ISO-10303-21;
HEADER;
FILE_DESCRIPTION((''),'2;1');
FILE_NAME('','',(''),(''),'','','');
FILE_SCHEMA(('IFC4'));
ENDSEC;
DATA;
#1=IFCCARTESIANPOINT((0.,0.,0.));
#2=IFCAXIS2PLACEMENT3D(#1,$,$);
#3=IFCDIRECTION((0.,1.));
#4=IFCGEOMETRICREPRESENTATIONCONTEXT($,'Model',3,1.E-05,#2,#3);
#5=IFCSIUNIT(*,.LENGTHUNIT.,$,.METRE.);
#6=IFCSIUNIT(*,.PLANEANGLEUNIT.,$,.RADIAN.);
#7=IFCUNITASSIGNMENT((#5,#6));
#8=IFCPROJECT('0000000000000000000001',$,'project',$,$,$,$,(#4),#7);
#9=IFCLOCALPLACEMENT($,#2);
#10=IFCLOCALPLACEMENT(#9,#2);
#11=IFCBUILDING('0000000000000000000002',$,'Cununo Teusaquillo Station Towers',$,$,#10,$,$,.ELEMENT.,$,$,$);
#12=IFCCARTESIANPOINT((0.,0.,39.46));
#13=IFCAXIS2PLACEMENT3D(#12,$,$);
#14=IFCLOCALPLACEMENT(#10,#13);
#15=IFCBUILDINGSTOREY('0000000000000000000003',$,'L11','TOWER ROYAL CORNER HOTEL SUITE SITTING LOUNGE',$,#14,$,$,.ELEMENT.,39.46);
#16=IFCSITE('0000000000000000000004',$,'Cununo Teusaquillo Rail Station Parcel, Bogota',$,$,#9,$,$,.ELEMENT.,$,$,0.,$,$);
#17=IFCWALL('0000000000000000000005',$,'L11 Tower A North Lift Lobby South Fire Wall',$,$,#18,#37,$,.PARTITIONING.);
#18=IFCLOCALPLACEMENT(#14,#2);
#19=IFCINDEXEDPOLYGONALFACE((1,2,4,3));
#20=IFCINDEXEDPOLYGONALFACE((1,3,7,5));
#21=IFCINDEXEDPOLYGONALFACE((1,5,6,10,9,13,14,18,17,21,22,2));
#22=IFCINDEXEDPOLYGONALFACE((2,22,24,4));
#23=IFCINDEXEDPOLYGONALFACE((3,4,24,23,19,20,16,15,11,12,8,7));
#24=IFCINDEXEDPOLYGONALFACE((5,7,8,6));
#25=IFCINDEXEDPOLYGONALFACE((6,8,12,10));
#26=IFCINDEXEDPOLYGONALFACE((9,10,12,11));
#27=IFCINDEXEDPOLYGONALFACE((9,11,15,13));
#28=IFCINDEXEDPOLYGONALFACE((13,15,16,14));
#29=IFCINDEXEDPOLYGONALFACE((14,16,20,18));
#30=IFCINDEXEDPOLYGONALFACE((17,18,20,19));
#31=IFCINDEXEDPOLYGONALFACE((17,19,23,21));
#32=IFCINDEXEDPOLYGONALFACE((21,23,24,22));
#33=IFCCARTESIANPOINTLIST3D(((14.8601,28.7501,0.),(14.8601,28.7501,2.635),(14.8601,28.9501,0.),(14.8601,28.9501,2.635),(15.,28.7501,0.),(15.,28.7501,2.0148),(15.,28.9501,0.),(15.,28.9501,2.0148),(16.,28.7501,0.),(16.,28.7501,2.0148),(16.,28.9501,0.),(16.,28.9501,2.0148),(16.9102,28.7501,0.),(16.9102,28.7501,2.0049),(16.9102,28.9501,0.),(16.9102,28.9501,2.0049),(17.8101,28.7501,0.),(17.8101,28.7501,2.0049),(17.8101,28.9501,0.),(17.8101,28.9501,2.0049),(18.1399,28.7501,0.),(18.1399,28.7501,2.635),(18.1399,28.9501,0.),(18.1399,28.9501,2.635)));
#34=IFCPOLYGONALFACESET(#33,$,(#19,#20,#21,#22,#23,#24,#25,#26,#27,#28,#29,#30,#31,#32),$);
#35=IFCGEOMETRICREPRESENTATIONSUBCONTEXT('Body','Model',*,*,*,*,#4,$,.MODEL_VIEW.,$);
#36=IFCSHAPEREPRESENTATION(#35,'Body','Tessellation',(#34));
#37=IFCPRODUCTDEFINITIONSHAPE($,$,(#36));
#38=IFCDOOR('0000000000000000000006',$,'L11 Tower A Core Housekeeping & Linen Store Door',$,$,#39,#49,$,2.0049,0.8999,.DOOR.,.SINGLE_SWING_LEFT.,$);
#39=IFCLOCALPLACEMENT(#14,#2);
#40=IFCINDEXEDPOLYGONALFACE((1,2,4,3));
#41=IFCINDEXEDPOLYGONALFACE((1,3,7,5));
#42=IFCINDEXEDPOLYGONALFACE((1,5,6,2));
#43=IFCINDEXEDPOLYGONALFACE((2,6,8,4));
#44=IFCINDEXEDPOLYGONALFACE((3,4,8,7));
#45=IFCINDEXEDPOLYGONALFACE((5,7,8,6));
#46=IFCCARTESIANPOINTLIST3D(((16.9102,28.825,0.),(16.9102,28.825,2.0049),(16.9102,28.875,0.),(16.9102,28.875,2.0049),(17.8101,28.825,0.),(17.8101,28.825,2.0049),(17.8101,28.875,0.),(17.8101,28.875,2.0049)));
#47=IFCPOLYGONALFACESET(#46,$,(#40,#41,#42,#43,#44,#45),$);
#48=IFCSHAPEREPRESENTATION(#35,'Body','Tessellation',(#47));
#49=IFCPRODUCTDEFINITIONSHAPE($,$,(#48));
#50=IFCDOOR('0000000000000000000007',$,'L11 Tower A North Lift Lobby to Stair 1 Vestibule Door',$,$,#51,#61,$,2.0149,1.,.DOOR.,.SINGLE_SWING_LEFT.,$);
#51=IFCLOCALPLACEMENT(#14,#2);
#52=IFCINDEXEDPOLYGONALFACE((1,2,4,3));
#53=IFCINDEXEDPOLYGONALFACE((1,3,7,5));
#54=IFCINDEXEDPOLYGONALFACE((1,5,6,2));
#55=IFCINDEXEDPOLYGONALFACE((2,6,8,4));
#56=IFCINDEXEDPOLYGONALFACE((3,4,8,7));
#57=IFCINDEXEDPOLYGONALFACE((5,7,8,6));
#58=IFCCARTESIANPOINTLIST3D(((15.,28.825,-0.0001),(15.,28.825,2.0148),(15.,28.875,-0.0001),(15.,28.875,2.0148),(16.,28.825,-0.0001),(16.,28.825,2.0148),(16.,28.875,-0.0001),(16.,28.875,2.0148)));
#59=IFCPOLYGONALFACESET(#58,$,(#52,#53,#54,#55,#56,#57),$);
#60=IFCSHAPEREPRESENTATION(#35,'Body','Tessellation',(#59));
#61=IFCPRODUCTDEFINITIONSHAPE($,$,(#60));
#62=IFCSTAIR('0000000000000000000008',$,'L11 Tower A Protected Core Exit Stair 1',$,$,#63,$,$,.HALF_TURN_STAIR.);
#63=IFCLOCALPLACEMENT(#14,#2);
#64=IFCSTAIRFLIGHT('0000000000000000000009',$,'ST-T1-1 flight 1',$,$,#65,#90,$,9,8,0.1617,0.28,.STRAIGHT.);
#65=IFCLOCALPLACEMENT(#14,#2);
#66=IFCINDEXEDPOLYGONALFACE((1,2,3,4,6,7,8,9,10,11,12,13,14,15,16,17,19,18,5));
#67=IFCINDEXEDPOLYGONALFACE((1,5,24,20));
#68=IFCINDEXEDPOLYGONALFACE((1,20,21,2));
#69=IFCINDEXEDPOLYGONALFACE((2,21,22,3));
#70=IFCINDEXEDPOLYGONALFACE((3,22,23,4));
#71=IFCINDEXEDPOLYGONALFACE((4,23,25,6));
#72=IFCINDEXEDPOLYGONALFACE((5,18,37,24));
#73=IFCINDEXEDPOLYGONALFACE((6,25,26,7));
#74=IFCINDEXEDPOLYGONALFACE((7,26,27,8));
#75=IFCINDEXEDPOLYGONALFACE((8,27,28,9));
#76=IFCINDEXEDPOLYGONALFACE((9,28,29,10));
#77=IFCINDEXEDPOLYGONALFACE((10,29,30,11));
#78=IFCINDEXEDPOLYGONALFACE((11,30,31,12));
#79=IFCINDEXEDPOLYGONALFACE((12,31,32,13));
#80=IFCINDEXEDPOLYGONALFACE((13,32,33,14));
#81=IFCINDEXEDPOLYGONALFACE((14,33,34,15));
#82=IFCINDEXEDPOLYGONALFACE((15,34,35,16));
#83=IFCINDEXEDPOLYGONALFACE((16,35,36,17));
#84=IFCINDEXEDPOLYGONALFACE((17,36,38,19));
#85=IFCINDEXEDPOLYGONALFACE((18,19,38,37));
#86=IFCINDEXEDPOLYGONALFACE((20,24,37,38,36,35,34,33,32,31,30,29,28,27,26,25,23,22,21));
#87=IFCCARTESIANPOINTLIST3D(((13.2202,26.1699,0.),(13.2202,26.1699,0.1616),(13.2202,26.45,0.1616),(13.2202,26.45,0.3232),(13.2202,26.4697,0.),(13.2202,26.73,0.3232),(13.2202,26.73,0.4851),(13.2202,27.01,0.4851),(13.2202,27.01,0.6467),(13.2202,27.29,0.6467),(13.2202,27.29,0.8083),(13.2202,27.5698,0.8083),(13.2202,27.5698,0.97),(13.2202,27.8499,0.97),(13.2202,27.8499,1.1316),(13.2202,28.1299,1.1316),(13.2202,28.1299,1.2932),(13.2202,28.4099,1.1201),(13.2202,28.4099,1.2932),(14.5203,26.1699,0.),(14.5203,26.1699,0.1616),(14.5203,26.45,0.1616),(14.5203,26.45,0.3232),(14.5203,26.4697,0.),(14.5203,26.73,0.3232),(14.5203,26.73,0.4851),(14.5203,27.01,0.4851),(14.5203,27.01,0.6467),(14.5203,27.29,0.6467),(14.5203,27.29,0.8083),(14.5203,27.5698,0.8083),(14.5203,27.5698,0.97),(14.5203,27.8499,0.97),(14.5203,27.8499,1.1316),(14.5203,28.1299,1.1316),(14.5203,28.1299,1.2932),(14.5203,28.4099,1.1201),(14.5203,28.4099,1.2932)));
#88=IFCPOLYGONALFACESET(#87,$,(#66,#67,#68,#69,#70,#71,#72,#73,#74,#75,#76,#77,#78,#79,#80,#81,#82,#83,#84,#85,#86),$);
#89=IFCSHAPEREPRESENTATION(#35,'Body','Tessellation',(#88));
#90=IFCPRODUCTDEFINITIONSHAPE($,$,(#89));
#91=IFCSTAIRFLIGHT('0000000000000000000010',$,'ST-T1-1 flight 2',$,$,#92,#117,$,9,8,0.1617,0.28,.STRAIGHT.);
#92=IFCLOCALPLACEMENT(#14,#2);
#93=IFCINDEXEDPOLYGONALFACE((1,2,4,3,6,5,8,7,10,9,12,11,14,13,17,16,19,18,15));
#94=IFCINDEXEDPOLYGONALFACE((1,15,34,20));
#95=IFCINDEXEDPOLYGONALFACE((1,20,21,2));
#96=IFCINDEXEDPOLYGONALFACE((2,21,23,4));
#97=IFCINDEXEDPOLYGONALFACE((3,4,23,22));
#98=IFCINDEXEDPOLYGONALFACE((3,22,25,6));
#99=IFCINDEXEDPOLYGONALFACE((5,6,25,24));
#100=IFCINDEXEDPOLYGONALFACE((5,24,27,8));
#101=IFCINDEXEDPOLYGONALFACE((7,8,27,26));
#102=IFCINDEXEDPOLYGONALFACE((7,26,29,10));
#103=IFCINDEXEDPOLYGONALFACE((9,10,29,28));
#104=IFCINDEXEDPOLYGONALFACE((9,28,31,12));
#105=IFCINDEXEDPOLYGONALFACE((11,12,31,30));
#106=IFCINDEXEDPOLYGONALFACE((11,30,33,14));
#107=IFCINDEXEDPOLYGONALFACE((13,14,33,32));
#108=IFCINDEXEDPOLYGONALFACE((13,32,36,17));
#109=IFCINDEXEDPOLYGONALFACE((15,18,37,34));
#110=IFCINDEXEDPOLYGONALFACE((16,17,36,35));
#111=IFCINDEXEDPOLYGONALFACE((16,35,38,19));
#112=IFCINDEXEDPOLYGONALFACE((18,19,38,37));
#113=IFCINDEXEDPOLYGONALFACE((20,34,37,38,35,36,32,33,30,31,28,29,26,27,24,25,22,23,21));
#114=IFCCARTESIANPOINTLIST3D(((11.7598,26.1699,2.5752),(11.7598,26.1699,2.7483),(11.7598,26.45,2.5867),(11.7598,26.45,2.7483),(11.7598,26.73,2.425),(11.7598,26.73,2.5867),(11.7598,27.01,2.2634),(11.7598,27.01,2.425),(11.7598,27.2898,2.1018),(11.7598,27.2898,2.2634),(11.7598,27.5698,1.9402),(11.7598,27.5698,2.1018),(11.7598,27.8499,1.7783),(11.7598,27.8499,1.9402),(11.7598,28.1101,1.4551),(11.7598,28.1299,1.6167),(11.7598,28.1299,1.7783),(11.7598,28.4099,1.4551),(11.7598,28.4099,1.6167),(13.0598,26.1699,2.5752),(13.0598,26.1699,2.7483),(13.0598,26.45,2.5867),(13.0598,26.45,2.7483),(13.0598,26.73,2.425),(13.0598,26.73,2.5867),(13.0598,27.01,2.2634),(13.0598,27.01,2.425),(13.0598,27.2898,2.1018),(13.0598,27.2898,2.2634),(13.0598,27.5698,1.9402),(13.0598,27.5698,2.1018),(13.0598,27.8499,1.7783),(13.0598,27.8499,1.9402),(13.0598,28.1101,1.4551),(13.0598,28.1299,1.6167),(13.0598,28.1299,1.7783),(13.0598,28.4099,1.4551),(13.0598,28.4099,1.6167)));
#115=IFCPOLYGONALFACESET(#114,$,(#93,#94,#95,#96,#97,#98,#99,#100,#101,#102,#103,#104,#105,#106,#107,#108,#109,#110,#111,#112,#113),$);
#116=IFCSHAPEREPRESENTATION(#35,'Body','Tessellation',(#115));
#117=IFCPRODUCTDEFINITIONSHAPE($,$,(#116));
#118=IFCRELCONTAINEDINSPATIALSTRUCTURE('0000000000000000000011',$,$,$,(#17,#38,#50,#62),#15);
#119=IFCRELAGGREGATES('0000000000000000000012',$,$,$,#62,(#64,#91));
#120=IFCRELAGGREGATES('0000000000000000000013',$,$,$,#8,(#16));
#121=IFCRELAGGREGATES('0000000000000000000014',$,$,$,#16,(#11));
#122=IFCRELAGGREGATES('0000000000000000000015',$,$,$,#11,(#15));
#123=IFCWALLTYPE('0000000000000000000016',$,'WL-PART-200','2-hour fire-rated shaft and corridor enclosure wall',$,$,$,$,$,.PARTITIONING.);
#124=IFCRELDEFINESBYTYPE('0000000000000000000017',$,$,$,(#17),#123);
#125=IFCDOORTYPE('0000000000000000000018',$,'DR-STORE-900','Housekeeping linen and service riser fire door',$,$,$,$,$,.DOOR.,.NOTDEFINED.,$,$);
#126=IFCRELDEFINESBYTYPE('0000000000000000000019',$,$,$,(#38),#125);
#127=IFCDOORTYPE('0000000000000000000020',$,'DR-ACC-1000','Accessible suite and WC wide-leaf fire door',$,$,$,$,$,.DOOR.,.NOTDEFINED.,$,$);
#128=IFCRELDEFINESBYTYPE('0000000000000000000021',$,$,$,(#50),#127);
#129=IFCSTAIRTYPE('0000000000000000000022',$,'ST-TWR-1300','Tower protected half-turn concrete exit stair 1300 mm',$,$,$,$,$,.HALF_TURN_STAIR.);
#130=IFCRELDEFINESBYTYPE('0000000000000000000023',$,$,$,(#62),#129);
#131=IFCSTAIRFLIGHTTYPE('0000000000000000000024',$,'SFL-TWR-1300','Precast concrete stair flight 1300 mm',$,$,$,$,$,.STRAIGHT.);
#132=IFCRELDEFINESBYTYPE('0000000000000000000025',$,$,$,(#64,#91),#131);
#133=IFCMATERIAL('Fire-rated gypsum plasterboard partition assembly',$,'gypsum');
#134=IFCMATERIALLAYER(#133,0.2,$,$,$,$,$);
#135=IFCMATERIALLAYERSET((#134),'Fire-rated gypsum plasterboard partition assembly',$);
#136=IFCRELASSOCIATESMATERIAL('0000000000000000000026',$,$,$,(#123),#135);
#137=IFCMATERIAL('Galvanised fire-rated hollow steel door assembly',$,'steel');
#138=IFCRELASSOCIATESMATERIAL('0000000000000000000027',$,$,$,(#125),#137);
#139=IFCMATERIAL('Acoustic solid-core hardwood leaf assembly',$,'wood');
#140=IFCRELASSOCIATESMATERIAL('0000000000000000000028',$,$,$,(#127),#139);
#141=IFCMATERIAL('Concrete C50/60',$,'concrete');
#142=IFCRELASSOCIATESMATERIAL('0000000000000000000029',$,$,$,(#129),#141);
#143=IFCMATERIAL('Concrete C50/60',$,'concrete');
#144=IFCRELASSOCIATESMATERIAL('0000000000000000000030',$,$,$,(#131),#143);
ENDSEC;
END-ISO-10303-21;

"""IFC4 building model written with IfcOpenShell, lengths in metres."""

from ifc_helpers import new_model, si_unit, direction, frame, frame_2d, origin, place, context, subcontext, project, spatial, polyline, rectangle, outline, extrude, source, transform, mapped, material, layer, layer_set, type_object, element, fill, aggregate, save


model = new_model("IFC4")

# Units and contexts
model_context = context("Model", 3, precision=1e-05, world=origin(), true_north=direction((0.0, 1.0)))
body_context = subcontext(model_context, "Body", "Model", "MODEL_VIEW")
ifc_project = project(units=[si_unit("LENGTHUNIT", "METRE"), si_unit("PLANEANGLEUNIT", "RADIAN")], contexts=[model_context])

# Site, building, storey
site_placement = place(None, origin())
site = spatial("IfcSite", under=ifc_project, at=site_placement, Name="Cununo Teusaquillo Rail Station Parcel, Bogota", CompositionType="ELEMENT", RefElevation=0.0)
building_placement = place(site_placement, origin())
building = spatial("IfcBuilding", under=site, at=building_placement, Name="Cununo Teusaquillo Station Towers", CompositionType="ELEMENT")
storey_placement = place(building_placement, frame((0.0, 0.0, 39.46)))
storey = spatial("IfcBuildingStorey", under=building, at=storey_placement, Name="L11", Description="TOWER ROYAL CORNER HOTEL SUITE SITTING LOUNGE", CompositionType="ELEMENT", Elevation=39.46)

# Shared definitions
ifc_material_1 = material(Name="Fire-rated gypsum plasterboard partition assembly", Category="gypsum")
ifc_layer_1 = layer(ifc_material_1, 0.2)
ifc_layer_set_1 = layer_set([ifc_layer_1], Name="Fire-rated gypsum plasterboard partition assembly")
wall_type_1 = type_object("IfcWallType", Name="WL-PART-200", Description="2-hour fire-rated shaft and corridor enclosure wall", PredefinedType="PARTITIONING", material=ifc_layer_set_1)
shared_shape_1 = source(origin(), body_context, "Body", "SweptSolid", [
    extrude(rectangle(XDim=0.8999, YDim=2.0049, at=frame_2d((0.45, 1.0024))), frame((0.0, 0.1099, 0.0), z_axis=(0.0, -1.0, 0.0), x_axis=(1.0, 0.0, 0.0)), (0.0, 0.0, 1.0), 0.22),
])
ifc_material_2 = material(Name="Galvanised fire-rated hollow steel door assembly", Category="steel")
door_type_1 = type_object("IfcDoorType", Name="DR-STORE-900", Description="Housekeeping linen and service riser fire door", OperationType="NOTDEFINED", PredefinedType="DOOR", material=ifc_material_2)
shared_shape_2 = source(origin(), body_context, "Body", "SweptSolid", [
    extrude(rectangle(XDim=0.8999, YDim=2.0049, at=frame_2d((0.45, 1.0024))), frame((0.0, 0.0249, 0.0), z_axis=(0.0, -1.0, 0.0), x_axis=(1.0, 0.0, 0.0)), (0.0, 0.0, 1.0), 0.05),
])

# Wall, openings, doors
wall_1_placement = place(storey_placement, frame((14.8601, 28.8501, 0.0), z_axis=(0.0, 0.0, 1.0), x_axis=(1.0, 0.0, 0.0)))
wall_1 = element("IfcWall", 1, at=wall_1_placement, inside=storey, type_object=wall_type_1, Name="L11 Tower A North Lift Lobby South Fire Wall", PredefinedType="PARTITIONING", context=body_context, shape_type="SweptSolid", body=[
    extrude(rectangle(XDim=3.2798, YDim=0.2, at=frame_2d((1.6399, 0.0))), origin(), (0.0, 0.0, 1.0), 2.635),
])
shared_shape_3 = source(origin(), body_context, "Body", "SweptSolid", [
    extrude(rectangle(XDim=1.0, YDim=2.0149, at=frame_2d((0.5, 1.0073))), frame((0.0, 0.1099, 0.0), z_axis=(0.0, -1.0, 0.0), x_axis=(1.0, 0.0, 0.0)), (0.0, 0.0, 1.0), 0.22),
])
opening_1_placement = place(wall_1_placement, frame((0.1399, 0.0, 0.0)))
opening_1 = element("IfcOpeningElement", 2, at=opening_1_placement, cuts=wall_1, PredefinedType="OPENING", context=body_context, shape_type="MappedRepresentation", body=[
    mapped(shared_shape_3, transform((0.0, 0.0, 0.0), x_axis=(1.0, 0.0, 0.0), y_axis=(0.0, 1.0, 0.0), z_axis=(0.0, 0.0, 1.0), scale=1.0)),
])
opening_2_placement = place(wall_1_placement, frame((2.05, 0.0, 0.0)))
opening_2 = element("IfcOpeningElement", 3, at=opening_2_placement, cuts=wall_1, PredefinedType="OPENING", context=body_context, shape_type="MappedRepresentation", body=[
    mapped(shared_shape_1, transform((0.0, 0.0, 0.0), x_axis=(1.0, 0.0, 0.0), y_axis=(0.0, 1.0, 0.0), z_axis=(0.0, 0.0, 1.0), scale=1.0)),
])
door_1_placement = place(opening_2_placement, origin())
door_1 = element("IfcDoor", 4, at=door_1_placement, inside=storey, type_object=door_type_1, Name="L11 Tower A Core Housekeeping & Linen Store Door", OperationType="SINGLE_SWING_LEFT", OverallHeight=2.0049, OverallWidth=0.8999, PredefinedType="DOOR", context=body_context, shape_type="MappedRepresentation", body=[
    mapped(shared_shape_2, transform((0.0, 0.0, 0.0), x_axis=(1.0, 0.0, 0.0), y_axis=(0.0, 1.0, 0.0), z_axis=(0.0, 0.0, 1.0), scale=1.0)),
])
fill(opening_2, door_1)
ifc_material_3 = material(Name="Acoustic solid-core hardwood leaf assembly", Category="wood")
door_type_2 = type_object("IfcDoorType", Name="DR-ACC-1000", Description="Accessible suite and WC wide-leaf fire door", OperationType="NOTDEFINED", PredefinedType="DOOR", material=ifc_material_3)
shared_shape_4 = source(origin(), body_context, "Body", "SweptSolid", [
    extrude(rectangle(XDim=1.0, YDim=2.0149, at=frame_2d((0.5, 1.0073))), frame((0.0, 0.0249, 0.0), z_axis=(0.0, -1.0, 0.0), x_axis=(1.0, 0.0, 0.0)), (0.0, 0.0, 1.0), 0.05),
])
door_2_placement = place(opening_1_placement, origin())
door_2 = element("IfcDoor", 5, at=door_2_placement, inside=storey, type_object=door_type_2, Name="L11 Tower A North Lift Lobby to Stair 1 Vestibule Door", OperationType="SINGLE_SWING_LEFT", OverallHeight=2.0149, OverallWidth=1.0, PredefinedType="DOOR", context=body_context, shape_type="MappedRepresentation", body=[
    mapped(shared_shape_4, transform((0.0, 0.0, 0.0), x_axis=(1.0, 0.0, 0.0), y_axis=(0.0, 1.0, 0.0), z_axis=(0.0, 0.0, 1.0), scale=1.0)),
])
fill(opening_1, door_2)

# Stair, stair flights
ifc_material_4 = material(Name="Concrete C50/60", Category="concrete")
stair_type = type_object("IfcStairType", Name="ST-TWR-1300", Description="Tower protected half-turn concrete exit stair 1300 mm", PredefinedType="HALF_TURN_STAIR", material=ifc_material_4)
stair_placement = place(storey_placement, origin())
stair = element("IfcStair", 6, at=stair_placement, inside=storey, type_object=stair_type, Name="L11 Tower A Protected Core Exit Stair 1", PredefinedType="HALF_TURN_STAIR")
ifc_material_5 = material(Name="Concrete C50/60", Category="concrete")
stair_flight_type = type_object("IfcStairFlightType", Name="SFL-TWR-1300", Description="Precast concrete stair flight 1300 mm", PredefinedType="STRAIGHT", material=ifc_material_5)
stair_flight_1_placement = place(storey_placement, frame((13.8701, 26.1699, 0.0), z_axis=(0.0, 0.0, 1.0), x_axis=(0.0, 1.0, 0.0)))
stair_flight_1 = element("IfcStairFlight", 7, at=stair_flight_1_placement, type_object=stair_flight_type, Name="ST-T1-1 flight 1", NumberOfRisers=9, NumberOfTreads=8, PredefinedType="STRAIGHT", RiserHeight=0.1617, TreadLength=0.28, context=body_context, shape_type="SweptSolid", body=[
    extrude(outline(polyline([(0.0, 0.0), (0.0, 0.1616), (0.28, 0.1616), (0.28, 0.3232), (0.5601, 0.3232), (0.5601, 0.4851), (0.8401, 0.4851), (0.8401, 0.6467), (1.1201, 0.6467), (1.1201, 0.8083), (1.3999, 0.8083), (1.3999, 0.97), (1.6799, 0.97), (1.6799, 1.1316), (1.96, 1.1316), (1.96, 1.2932), (2.24, 1.2932), (2.24, 1.4551), (2.24, 1.1201), (0.2998, 0.0), (0.0, 0.0)])), frame((0.0, 0.6499, 0.0), z_axis=(0.0, -1.0, 0.0), x_axis=(1.0, 0.0, 0.0)), (0.0, 0.0, 1.0), 1.3),
])
stair_flight_2_placement = place(storey_placement, frame((12.4099, 28.4099, 1.4551), z_axis=(0.0, 0.0, 1.0), x_axis=(0.0, -1.0, 0.0)))
stair_flight_2 = element("IfcStairFlight", 8, at=stair_flight_2_placement, type_object=stair_flight_type, Name="ST-T1-1 flight 2", NumberOfRisers=9, NumberOfTreads=8, PredefinedType="STRAIGHT", RiserHeight=0.1617, TreadLength=0.28, context=body_context, shape_type="SweptSolid", body=[
    extrude(outline(polyline([(0.0, 0.0), (0.0, 0.1616), (0.28, 0.1616), (0.28, 0.3232), (0.5601, 0.3232), (0.5601, 0.4851), (0.8401, 0.4851), (0.8401, 0.6467), (1.1201, 0.6467), (1.1201, 0.8083), (1.3999, 0.8083), (1.3999, 0.97), (1.6799, 0.97), (1.6799, 1.1316), (1.96, 1.1316), (1.96, 1.2932), (2.24, 1.2932), (2.24, 1.4551), (2.24, 1.1201), (0.2998, 0.0), (0.0, 0.0)])), frame((0.0, 0.6499, 0.0), z_axis=(0.0, -1.0, 0.0), x_axis=(1.0, 0.0, 0.0)), (0.0, 0.0, 1.0), 1.3),
])
aggregate(stair, [stair_flight_1, stair_flight_2])

save(model, "model.ifc")
